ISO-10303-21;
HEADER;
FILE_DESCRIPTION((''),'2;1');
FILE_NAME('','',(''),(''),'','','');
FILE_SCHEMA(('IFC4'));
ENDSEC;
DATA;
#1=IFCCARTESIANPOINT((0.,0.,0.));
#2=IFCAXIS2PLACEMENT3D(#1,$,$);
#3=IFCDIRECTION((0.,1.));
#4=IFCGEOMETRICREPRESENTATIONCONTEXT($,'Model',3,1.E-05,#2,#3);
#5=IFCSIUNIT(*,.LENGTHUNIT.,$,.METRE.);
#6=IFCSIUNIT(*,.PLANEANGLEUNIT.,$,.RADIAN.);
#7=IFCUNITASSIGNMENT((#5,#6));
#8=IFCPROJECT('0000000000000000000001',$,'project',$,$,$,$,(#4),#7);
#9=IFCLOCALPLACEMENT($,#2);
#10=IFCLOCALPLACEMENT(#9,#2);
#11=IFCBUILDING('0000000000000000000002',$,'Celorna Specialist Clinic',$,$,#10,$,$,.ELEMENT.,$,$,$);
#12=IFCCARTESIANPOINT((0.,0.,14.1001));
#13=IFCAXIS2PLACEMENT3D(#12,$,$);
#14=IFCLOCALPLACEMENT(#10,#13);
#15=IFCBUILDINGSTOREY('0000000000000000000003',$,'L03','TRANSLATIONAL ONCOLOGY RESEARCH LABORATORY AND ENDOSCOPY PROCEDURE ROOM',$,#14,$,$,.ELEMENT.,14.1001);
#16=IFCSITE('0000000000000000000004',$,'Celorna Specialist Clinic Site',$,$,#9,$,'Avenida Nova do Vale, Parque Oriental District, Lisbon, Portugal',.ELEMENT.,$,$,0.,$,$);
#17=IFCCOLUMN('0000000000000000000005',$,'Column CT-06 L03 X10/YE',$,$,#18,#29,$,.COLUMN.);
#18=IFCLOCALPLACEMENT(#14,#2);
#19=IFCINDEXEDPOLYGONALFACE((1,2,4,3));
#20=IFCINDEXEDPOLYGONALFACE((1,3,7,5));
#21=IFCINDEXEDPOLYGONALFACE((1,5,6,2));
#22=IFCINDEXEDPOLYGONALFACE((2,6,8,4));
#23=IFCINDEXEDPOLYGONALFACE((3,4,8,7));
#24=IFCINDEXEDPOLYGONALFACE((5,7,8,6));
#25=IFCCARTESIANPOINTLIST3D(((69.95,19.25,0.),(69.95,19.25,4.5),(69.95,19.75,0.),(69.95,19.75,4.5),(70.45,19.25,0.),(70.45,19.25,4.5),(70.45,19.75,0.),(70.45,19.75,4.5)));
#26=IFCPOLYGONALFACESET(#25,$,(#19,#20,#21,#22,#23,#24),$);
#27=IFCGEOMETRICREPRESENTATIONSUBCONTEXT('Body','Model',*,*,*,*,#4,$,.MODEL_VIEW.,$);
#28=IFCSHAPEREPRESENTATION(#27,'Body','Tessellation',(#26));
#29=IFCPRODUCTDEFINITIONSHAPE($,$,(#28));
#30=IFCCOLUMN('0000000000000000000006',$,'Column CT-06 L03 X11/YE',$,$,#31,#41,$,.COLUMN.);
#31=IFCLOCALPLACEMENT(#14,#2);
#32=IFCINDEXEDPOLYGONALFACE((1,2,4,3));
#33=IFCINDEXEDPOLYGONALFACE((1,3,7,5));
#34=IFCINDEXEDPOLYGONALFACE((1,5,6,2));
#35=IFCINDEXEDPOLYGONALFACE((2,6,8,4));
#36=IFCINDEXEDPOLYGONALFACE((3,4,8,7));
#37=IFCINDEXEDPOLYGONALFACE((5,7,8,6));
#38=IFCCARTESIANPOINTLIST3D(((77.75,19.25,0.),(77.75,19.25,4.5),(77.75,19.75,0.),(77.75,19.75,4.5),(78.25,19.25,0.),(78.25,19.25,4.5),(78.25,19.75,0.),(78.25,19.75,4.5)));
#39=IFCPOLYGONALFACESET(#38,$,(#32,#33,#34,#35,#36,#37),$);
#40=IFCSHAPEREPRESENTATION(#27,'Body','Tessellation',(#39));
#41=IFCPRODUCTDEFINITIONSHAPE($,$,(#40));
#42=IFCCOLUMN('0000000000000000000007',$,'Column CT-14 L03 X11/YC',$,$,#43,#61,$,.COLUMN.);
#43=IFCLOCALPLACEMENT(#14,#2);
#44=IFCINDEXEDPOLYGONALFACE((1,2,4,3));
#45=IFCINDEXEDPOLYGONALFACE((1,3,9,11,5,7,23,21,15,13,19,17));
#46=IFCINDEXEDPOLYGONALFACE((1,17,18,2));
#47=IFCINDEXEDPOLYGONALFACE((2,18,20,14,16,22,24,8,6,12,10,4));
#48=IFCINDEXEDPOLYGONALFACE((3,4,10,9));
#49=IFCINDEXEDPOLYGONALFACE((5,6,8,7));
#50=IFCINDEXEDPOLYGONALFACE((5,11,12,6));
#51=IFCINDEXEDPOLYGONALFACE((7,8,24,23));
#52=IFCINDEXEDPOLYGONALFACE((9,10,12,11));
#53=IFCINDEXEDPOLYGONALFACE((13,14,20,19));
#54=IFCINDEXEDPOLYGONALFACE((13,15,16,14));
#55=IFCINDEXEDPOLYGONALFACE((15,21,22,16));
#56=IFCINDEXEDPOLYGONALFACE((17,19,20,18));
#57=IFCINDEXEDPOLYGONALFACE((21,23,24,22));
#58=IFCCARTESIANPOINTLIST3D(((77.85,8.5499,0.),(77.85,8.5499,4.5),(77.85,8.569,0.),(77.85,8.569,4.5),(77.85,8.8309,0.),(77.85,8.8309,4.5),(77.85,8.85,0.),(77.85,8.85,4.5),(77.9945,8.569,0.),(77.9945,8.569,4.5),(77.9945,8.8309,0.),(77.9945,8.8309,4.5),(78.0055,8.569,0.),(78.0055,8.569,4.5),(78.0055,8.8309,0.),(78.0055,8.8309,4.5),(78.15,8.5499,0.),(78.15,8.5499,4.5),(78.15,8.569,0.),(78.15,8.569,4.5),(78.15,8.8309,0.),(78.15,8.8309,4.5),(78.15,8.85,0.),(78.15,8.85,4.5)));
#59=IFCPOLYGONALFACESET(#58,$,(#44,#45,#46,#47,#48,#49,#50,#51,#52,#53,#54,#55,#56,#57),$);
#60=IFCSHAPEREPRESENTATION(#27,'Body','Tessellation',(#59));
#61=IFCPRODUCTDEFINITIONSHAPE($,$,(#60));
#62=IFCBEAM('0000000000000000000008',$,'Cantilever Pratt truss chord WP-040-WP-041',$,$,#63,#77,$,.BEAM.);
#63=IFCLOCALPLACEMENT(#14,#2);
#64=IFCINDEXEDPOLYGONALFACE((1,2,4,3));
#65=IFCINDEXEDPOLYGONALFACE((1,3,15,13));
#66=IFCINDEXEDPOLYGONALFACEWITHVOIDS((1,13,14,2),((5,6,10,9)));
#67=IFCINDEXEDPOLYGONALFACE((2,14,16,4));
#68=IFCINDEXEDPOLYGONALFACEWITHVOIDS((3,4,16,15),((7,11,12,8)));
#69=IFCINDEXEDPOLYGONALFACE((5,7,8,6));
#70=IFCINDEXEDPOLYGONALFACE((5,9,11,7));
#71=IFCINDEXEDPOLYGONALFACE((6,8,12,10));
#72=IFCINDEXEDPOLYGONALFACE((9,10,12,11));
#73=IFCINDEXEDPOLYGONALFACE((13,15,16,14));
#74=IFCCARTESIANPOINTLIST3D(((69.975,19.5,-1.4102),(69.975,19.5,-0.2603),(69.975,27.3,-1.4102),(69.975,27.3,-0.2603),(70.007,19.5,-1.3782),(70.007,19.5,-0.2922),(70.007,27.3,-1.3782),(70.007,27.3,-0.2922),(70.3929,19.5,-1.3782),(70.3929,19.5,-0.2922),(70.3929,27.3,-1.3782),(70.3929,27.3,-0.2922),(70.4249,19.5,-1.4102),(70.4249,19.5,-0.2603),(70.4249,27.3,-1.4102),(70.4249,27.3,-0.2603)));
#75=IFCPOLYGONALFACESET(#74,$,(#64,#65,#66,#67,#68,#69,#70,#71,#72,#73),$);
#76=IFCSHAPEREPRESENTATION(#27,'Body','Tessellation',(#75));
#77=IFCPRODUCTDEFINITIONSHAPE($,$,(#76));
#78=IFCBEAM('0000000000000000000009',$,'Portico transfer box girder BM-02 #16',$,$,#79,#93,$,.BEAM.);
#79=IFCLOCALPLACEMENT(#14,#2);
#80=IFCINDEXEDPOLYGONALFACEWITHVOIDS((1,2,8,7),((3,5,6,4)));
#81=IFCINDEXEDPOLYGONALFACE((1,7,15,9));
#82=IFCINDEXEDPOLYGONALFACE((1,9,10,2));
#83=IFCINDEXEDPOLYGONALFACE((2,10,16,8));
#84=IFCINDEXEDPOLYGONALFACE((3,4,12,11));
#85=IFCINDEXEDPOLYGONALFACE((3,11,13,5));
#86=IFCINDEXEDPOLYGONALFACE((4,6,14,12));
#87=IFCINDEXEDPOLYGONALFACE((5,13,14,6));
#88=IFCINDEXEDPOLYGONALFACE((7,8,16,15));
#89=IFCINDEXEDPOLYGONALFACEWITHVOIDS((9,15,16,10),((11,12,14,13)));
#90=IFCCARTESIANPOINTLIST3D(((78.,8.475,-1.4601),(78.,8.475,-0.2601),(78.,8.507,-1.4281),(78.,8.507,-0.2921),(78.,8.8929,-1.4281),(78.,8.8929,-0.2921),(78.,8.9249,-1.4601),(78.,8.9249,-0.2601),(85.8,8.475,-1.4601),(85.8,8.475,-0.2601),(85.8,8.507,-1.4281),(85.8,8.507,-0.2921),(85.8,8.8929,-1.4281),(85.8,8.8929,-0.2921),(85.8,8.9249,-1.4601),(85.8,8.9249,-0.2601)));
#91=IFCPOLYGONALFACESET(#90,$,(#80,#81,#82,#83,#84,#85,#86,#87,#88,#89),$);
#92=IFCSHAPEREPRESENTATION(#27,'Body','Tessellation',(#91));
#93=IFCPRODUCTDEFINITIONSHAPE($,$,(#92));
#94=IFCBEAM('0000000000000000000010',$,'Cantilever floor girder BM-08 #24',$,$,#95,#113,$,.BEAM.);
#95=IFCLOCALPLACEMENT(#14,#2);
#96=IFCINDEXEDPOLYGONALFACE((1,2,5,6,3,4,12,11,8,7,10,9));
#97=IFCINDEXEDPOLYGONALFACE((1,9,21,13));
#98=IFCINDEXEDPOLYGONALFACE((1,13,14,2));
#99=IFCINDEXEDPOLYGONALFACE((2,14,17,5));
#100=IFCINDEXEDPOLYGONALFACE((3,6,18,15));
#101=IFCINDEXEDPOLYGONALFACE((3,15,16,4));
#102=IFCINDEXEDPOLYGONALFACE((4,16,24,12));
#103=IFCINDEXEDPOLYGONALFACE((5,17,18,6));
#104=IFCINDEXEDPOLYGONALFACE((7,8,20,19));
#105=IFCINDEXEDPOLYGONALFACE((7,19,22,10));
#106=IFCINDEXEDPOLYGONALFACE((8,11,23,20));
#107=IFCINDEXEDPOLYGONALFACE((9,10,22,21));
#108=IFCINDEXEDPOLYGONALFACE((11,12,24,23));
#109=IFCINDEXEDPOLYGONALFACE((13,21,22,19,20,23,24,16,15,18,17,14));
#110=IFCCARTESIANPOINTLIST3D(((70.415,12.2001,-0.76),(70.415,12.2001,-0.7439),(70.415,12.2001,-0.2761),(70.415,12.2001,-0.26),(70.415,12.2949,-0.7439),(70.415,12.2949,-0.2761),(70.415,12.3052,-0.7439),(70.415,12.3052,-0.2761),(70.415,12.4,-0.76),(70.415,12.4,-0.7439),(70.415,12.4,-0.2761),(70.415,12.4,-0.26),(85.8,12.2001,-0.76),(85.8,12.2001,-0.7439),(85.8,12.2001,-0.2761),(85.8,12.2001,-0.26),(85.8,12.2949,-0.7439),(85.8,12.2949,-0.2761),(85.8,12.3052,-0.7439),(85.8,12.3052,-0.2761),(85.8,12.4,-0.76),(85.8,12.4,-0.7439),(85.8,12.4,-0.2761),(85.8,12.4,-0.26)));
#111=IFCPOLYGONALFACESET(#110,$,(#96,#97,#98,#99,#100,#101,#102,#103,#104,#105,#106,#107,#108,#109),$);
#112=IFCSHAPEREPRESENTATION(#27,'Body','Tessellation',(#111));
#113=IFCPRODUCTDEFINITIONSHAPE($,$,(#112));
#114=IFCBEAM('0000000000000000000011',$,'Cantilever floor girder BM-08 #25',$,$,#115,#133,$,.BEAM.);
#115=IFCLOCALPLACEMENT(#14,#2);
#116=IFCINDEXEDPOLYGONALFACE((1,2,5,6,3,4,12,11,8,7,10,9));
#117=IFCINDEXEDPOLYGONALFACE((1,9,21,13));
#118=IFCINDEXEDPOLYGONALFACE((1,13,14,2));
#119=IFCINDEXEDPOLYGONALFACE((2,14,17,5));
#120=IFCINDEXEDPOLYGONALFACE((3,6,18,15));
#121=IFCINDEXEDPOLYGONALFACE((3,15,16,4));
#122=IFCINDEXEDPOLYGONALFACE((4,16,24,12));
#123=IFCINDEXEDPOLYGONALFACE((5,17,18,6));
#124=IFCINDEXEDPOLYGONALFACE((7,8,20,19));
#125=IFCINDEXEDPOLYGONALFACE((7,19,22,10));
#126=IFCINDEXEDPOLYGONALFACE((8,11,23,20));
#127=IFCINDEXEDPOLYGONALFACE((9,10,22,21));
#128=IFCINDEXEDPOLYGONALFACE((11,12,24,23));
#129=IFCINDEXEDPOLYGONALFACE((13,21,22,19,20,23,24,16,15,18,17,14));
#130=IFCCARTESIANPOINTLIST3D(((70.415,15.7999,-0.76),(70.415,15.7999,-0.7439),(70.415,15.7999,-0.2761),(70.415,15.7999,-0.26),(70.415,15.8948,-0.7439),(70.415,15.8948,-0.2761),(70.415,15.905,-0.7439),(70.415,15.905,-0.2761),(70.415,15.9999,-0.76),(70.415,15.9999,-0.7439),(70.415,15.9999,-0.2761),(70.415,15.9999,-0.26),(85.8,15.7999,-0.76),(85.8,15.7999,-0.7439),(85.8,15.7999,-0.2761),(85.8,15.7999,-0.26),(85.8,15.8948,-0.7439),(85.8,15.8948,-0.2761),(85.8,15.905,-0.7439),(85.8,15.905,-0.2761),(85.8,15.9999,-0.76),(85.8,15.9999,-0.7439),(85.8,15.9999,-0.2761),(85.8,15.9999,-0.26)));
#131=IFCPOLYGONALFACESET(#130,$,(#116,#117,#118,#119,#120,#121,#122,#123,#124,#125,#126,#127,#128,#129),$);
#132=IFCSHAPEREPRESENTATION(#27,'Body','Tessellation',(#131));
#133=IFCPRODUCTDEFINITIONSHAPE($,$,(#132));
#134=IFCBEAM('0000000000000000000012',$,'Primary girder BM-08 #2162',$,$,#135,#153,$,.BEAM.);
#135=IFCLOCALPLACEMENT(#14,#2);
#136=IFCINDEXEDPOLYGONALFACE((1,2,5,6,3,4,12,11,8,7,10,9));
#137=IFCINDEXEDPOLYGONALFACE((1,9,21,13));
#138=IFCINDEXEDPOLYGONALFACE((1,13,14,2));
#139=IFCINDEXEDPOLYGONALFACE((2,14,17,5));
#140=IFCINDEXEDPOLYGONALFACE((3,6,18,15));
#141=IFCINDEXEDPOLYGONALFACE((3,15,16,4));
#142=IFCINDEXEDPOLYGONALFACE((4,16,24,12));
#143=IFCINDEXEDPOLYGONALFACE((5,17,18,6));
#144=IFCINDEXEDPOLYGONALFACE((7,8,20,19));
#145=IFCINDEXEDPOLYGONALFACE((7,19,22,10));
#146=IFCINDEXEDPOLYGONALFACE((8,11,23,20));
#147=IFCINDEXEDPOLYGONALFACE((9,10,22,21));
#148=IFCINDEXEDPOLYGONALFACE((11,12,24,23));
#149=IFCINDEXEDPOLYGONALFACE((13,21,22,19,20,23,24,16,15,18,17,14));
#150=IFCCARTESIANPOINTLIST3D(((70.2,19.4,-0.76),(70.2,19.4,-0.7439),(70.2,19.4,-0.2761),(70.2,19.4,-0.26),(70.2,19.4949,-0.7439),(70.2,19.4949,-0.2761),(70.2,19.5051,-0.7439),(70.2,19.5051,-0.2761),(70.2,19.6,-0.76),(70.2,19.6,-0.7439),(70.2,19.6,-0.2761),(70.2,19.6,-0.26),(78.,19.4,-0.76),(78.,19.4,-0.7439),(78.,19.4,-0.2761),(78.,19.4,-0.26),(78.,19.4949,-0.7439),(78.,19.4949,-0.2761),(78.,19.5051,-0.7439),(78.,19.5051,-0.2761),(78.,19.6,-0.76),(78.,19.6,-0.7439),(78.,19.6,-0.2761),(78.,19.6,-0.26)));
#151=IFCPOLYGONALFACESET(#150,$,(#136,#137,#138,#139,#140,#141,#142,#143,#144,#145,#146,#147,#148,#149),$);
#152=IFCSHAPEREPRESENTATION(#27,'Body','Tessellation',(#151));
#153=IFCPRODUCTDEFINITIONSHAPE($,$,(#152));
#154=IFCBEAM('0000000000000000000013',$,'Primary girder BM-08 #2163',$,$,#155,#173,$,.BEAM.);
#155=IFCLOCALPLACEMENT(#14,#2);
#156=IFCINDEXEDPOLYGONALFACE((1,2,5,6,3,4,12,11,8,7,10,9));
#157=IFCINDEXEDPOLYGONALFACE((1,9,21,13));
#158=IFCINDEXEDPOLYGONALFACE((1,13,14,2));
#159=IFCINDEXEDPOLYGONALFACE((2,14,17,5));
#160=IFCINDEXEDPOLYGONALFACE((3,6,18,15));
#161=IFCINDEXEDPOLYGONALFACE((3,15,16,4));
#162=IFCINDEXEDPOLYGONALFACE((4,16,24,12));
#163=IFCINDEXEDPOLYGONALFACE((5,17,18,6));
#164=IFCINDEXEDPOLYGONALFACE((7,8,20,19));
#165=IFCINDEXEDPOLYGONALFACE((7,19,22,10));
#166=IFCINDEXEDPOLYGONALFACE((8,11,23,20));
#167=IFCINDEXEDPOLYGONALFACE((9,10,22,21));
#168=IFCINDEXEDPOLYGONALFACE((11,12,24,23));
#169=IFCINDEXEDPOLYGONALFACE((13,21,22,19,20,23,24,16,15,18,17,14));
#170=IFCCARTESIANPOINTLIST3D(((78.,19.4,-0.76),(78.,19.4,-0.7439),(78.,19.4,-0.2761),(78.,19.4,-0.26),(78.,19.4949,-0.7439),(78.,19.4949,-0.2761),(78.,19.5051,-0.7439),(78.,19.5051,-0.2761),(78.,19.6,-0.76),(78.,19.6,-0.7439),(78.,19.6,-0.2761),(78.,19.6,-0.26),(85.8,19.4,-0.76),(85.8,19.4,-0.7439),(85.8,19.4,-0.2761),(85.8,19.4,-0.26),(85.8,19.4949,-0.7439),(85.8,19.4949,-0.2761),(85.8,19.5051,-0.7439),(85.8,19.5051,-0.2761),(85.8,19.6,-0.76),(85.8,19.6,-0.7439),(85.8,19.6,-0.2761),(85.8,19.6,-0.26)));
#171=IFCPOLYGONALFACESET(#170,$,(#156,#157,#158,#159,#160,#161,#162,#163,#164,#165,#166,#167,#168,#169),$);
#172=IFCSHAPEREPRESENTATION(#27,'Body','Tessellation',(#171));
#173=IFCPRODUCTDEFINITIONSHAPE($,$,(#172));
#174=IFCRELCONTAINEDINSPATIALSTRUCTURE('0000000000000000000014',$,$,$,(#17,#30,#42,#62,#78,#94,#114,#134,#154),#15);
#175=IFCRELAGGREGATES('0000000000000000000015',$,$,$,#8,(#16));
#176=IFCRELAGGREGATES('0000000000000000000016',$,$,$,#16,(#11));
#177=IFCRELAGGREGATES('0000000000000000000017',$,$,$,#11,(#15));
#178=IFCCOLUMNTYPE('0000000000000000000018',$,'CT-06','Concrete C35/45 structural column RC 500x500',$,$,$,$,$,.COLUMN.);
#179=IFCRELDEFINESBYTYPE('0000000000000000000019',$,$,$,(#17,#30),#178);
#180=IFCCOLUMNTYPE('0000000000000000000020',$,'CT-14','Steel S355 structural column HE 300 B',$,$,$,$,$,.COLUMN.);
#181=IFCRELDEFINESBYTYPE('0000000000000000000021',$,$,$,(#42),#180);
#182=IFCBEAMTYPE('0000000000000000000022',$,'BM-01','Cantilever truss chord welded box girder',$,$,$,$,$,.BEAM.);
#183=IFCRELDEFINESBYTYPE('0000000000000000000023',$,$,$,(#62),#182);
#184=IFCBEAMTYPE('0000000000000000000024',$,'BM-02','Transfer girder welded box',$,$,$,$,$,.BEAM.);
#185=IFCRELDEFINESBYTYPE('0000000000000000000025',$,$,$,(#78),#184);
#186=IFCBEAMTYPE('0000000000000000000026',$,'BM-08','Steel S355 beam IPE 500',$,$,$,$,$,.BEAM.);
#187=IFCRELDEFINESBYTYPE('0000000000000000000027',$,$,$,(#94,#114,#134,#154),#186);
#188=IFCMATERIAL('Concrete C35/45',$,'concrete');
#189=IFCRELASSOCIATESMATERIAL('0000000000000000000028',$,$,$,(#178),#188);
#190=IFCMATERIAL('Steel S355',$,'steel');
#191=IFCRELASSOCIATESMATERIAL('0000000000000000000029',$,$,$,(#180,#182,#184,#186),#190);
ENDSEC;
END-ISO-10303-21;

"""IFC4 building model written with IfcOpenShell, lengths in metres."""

from ifc_helpers import new_model, si_unit, direction, frame, origin, origin_2d, place, context, subcontext, project, spatial, rectangle, hollow_rectangle, i_section, extrude, material, material_profile, profile_set, type_object, element, save


model = new_model("IFC4")

# Units and contexts
model_context = context("Model", 3, precision=1e-05, world=origin(), true_north=direction((0.0, 1.0)))
body_context = subcontext(model_context, "Body", "Model", "MODEL_VIEW")
ifc_project = project(units=[si_unit("LENGTHUNIT", "METRE"), si_unit("PLANEANGLEUNIT", "RADIAN")], contexts=[model_context])

# Site, building, storey
site_placement = place(None, origin())
site = spatial("IfcSite", under=ifc_project, at=site_placement, Name="Celorna Specialist Clinic Site", LongName="Avenida Nova do Vale, Parque Oriental District, Lisbon, Portugal", CompositionType="ELEMENT", RefElevation=0.0)
building_placement = place(site_placement, origin())
building = spatial("IfcBuilding", under=site, at=building_placement, Name="Celorna Specialist Clinic", CompositionType="ELEMENT")
storey_placement = place(building_placement, frame((0.0, 0.0, 14.1001)))
storey = spatial("IfcBuildingStorey", under=building, at=storey_placement, Name="L03", Description="TRANSLATIONAL ONCOLOGY RESEARCH LABORATORY AND ENDOSCOPY PROCEDURE ROOM", CompositionType="ELEMENT", Elevation=14.1001)

# Columns
ifc_material_1 = material(Name="Concrete C35/45", Category="concrete")
ifc_material_profile_1 = material_profile(ifc_material_1, rectangle(XDim=0.5, YDim=0.5, at=origin_2d()), Name="RC 500x500")
ifc_profile_set_1 = profile_set([ifc_material_profile_1], Name="Concrete C35/45")
column_type_1 = type_object("IfcColumnType", Name="CT-06", Description="Concrete C35/45 structural column RC 500x500", PredefinedType="COLUMN", material=ifc_profile_set_1)
for number, where, z_axis, x_axis, name in (
    (1, (70.2, 19.5, 0.0), (0.0, 0.0, 1.0), (1.0, 0.0, 0.0), "Column CT-06 L03 X10/YE"),
    (2, (78.0, 19.5, 0.0), (0.0, 0.0, 1.0), (1.0, 0.0, 0.0), "Column CT-06 L03 X11/YE"),
):
    element("IfcColumn", number, at=place(storey_placement, frame(where, z_axis=z_axis, x_axis=x_axis)), inside=storey, type_object=column_type_1, Name=name, PredefinedType="COLUMN", context=body_context, shape_type="SweptSolid", body=[
        extrude(rectangle(XDim=0.5, YDim=0.5, at=origin_2d()), origin(), (0.0, 0.0, 1.0), 4.5),
    ])
ifc_material_2 = material(Name="Steel S355", Category="steel")
ifc_material_profile_2 = material_profile(ifc_material_2, i_section(OverallWidth=0.3, OverallDepth=0.3, WebThickness=0.011, FlangeThickness=0.019, at=origin_2d()), Name="HE 300 B")
ifc_profile_set_2 = profile_set([ifc_material_profile_2], Name="Steel S355")
column_type_2 = type_object("IfcColumnType", Name="CT-14", Description="Steel S355 structural column HE 300 B", PredefinedType="COLUMN", material=ifc_profile_set_2)
column_placement = place(storey_placement, frame((78.0, 8.7, 0.0), z_axis=(0.0, 0.0, 1.0), x_axis=(1.0, 0.0, 0.0)))
element("IfcColumn", 3, at=column_placement, inside=storey, type_object=column_type_2, Name="Column CT-14 L03 X11/YC", PredefinedType="COLUMN", context=body_context, shape_type="SweptSolid", body=[
    extrude(i_section(OverallWidth=0.3, OverallDepth=0.3, WebThickness=0.011, FlangeThickness=0.019, at=origin_2d()), origin(), (0.0, 0.0, 1.0), 4.5),
])

# Beams
ifc_material_profile_3 = material_profile(ifc_material_2, hollow_rectangle(XDim=0.45, YDim=1.1499, WallThickness=0.032, at=origin_2d()), Name="BOX 450x1150x32")
ifc_profile_set_3 = profile_set([ifc_material_profile_3], Name="Steel S355")
beam_type_1 = type_object("IfcBeamType", Name="BM-01", Description="Cantilever truss chord welded box girder", PredefinedType="BEAM", material=ifc_profile_set_3)
beam_1_placement = place(storey_placement, frame((70.2, 19.5, -0.8352), z_axis=(0.0, 1.0, 0.0), x_axis=(-1.0, 0.0, 0.0)))
element("IfcBeam", 4, at=beam_1_placement, inside=storey, type_object=beam_type_1, Name="Cantilever Pratt truss chord WP-040-WP-041", PredefinedType="BEAM", context=body_context, shape_type="SweptSolid", body=[
    extrude(hollow_rectangle(XDim=0.45, YDim=1.1499, WallThickness=0.032, at=origin_2d()), origin(), (0.0, 0.0, 1.0), 7.8),
])
ifc_material_profile_4 = material_profile(ifc_material_2, hollow_rectangle(XDim=0.45, YDim=1.2, WallThickness=0.032, at=origin_2d()), Name="BOX 450x1200x32")
ifc_profile_set_4 = profile_set([ifc_material_profile_4], Name="Steel S355")
beam_type_2 = type_object("IfcBeamType", Name="BM-02", Description="Transfer girder welded box", PredefinedType="BEAM", material=ifc_profile_set_4)
beam_2_placement = place(storey_placement, frame((78.0, 8.7, -0.8601), z_axis=(1.0, 0.0, 0.0), x_axis=(0.0, 1.0, 0.0)))
element("IfcBeam", 5, at=beam_2_placement, inside=storey, type_object=beam_type_2, Name="Portico transfer box girder BM-02 #16", PredefinedType="BEAM", context=body_context, shape_type="SweptSolid", body=[
    extrude(hollow_rectangle(XDim=0.45, YDim=1.2, WallThickness=0.032, at=origin_2d()), origin(), (0.0, 0.0, 1.0), 7.8),
])
ifc_material_profile_5 = material_profile(ifc_material_2, i_section(OverallWidth=0.2, OverallDepth=0.5, WebThickness=0.0103, FlangeThickness=0.0161, at=origin_2d()), Name="IPE 500")
ifc_profile_set_5 = profile_set([ifc_material_profile_5], Name="Steel S355")
beam_type_3 = type_object("IfcBeamType", Name="BM-08", Description="Steel S355 beam IPE 500", PredefinedType="BEAM", material=ifc_profile_set_5)
for number, where, z_axis, x_axis, name in (
    (6, (70.415, 12.3, -0.51), (1.0, 0.0, 0.0), (0.0, 1.0, 0.0), "Cantilever floor girder BM-08 #24"),
    (7, (70.415, 15.8999, -0.51), (1.0, 0.0, 0.0), (0.0, 1.0, 0.0), "Cantilever floor girder BM-08 #25"),
):
    element("IfcBeam", number, at=place(storey_placement, frame(where, z_axis=z_axis, x_axis=x_axis)), inside=storey, type_object=beam_type_3, Name=name, PredefinedType="BEAM", context=body_context, shape_type="SweptSolid", body=[
        extrude(i_section(OverallWidth=0.2, OverallDepth=0.5, WebThickness=0.0103, FlangeThickness=0.0161, at=origin_2d()), origin(), (0.0, 0.0, 1.0), 15.385),
    ])
for number, where, z_axis, x_axis, name in (
    (8, (70.2, 19.5, -0.51), (1.0, 0.0, 0.0), (0.0, 1.0, 0.0), "Primary girder BM-08 #2162"),
    (9, (78.0, 19.5, -0.51), (1.0, 0.0, 0.0), (0.0, 1.0, 0.0), "Primary girder BM-08 #2163"),
):
    element("IfcBeam", number, at=place(storey_placement, frame(where, z_axis=z_axis, x_axis=x_axis)), inside=storey, type_object=beam_type_3, Name=name, PredefinedType="BEAM", context=body_context, shape_type="SweptSolid", body=[
        extrude(i_section(OverallWidth=0.2, OverallDepth=0.5, WebThickness=0.0103, FlangeThickness=0.0161, at=origin_2d()), origin(), (0.0, 0.0, 1.0), 7.8),
    ])

save(model, "model.ifc")
